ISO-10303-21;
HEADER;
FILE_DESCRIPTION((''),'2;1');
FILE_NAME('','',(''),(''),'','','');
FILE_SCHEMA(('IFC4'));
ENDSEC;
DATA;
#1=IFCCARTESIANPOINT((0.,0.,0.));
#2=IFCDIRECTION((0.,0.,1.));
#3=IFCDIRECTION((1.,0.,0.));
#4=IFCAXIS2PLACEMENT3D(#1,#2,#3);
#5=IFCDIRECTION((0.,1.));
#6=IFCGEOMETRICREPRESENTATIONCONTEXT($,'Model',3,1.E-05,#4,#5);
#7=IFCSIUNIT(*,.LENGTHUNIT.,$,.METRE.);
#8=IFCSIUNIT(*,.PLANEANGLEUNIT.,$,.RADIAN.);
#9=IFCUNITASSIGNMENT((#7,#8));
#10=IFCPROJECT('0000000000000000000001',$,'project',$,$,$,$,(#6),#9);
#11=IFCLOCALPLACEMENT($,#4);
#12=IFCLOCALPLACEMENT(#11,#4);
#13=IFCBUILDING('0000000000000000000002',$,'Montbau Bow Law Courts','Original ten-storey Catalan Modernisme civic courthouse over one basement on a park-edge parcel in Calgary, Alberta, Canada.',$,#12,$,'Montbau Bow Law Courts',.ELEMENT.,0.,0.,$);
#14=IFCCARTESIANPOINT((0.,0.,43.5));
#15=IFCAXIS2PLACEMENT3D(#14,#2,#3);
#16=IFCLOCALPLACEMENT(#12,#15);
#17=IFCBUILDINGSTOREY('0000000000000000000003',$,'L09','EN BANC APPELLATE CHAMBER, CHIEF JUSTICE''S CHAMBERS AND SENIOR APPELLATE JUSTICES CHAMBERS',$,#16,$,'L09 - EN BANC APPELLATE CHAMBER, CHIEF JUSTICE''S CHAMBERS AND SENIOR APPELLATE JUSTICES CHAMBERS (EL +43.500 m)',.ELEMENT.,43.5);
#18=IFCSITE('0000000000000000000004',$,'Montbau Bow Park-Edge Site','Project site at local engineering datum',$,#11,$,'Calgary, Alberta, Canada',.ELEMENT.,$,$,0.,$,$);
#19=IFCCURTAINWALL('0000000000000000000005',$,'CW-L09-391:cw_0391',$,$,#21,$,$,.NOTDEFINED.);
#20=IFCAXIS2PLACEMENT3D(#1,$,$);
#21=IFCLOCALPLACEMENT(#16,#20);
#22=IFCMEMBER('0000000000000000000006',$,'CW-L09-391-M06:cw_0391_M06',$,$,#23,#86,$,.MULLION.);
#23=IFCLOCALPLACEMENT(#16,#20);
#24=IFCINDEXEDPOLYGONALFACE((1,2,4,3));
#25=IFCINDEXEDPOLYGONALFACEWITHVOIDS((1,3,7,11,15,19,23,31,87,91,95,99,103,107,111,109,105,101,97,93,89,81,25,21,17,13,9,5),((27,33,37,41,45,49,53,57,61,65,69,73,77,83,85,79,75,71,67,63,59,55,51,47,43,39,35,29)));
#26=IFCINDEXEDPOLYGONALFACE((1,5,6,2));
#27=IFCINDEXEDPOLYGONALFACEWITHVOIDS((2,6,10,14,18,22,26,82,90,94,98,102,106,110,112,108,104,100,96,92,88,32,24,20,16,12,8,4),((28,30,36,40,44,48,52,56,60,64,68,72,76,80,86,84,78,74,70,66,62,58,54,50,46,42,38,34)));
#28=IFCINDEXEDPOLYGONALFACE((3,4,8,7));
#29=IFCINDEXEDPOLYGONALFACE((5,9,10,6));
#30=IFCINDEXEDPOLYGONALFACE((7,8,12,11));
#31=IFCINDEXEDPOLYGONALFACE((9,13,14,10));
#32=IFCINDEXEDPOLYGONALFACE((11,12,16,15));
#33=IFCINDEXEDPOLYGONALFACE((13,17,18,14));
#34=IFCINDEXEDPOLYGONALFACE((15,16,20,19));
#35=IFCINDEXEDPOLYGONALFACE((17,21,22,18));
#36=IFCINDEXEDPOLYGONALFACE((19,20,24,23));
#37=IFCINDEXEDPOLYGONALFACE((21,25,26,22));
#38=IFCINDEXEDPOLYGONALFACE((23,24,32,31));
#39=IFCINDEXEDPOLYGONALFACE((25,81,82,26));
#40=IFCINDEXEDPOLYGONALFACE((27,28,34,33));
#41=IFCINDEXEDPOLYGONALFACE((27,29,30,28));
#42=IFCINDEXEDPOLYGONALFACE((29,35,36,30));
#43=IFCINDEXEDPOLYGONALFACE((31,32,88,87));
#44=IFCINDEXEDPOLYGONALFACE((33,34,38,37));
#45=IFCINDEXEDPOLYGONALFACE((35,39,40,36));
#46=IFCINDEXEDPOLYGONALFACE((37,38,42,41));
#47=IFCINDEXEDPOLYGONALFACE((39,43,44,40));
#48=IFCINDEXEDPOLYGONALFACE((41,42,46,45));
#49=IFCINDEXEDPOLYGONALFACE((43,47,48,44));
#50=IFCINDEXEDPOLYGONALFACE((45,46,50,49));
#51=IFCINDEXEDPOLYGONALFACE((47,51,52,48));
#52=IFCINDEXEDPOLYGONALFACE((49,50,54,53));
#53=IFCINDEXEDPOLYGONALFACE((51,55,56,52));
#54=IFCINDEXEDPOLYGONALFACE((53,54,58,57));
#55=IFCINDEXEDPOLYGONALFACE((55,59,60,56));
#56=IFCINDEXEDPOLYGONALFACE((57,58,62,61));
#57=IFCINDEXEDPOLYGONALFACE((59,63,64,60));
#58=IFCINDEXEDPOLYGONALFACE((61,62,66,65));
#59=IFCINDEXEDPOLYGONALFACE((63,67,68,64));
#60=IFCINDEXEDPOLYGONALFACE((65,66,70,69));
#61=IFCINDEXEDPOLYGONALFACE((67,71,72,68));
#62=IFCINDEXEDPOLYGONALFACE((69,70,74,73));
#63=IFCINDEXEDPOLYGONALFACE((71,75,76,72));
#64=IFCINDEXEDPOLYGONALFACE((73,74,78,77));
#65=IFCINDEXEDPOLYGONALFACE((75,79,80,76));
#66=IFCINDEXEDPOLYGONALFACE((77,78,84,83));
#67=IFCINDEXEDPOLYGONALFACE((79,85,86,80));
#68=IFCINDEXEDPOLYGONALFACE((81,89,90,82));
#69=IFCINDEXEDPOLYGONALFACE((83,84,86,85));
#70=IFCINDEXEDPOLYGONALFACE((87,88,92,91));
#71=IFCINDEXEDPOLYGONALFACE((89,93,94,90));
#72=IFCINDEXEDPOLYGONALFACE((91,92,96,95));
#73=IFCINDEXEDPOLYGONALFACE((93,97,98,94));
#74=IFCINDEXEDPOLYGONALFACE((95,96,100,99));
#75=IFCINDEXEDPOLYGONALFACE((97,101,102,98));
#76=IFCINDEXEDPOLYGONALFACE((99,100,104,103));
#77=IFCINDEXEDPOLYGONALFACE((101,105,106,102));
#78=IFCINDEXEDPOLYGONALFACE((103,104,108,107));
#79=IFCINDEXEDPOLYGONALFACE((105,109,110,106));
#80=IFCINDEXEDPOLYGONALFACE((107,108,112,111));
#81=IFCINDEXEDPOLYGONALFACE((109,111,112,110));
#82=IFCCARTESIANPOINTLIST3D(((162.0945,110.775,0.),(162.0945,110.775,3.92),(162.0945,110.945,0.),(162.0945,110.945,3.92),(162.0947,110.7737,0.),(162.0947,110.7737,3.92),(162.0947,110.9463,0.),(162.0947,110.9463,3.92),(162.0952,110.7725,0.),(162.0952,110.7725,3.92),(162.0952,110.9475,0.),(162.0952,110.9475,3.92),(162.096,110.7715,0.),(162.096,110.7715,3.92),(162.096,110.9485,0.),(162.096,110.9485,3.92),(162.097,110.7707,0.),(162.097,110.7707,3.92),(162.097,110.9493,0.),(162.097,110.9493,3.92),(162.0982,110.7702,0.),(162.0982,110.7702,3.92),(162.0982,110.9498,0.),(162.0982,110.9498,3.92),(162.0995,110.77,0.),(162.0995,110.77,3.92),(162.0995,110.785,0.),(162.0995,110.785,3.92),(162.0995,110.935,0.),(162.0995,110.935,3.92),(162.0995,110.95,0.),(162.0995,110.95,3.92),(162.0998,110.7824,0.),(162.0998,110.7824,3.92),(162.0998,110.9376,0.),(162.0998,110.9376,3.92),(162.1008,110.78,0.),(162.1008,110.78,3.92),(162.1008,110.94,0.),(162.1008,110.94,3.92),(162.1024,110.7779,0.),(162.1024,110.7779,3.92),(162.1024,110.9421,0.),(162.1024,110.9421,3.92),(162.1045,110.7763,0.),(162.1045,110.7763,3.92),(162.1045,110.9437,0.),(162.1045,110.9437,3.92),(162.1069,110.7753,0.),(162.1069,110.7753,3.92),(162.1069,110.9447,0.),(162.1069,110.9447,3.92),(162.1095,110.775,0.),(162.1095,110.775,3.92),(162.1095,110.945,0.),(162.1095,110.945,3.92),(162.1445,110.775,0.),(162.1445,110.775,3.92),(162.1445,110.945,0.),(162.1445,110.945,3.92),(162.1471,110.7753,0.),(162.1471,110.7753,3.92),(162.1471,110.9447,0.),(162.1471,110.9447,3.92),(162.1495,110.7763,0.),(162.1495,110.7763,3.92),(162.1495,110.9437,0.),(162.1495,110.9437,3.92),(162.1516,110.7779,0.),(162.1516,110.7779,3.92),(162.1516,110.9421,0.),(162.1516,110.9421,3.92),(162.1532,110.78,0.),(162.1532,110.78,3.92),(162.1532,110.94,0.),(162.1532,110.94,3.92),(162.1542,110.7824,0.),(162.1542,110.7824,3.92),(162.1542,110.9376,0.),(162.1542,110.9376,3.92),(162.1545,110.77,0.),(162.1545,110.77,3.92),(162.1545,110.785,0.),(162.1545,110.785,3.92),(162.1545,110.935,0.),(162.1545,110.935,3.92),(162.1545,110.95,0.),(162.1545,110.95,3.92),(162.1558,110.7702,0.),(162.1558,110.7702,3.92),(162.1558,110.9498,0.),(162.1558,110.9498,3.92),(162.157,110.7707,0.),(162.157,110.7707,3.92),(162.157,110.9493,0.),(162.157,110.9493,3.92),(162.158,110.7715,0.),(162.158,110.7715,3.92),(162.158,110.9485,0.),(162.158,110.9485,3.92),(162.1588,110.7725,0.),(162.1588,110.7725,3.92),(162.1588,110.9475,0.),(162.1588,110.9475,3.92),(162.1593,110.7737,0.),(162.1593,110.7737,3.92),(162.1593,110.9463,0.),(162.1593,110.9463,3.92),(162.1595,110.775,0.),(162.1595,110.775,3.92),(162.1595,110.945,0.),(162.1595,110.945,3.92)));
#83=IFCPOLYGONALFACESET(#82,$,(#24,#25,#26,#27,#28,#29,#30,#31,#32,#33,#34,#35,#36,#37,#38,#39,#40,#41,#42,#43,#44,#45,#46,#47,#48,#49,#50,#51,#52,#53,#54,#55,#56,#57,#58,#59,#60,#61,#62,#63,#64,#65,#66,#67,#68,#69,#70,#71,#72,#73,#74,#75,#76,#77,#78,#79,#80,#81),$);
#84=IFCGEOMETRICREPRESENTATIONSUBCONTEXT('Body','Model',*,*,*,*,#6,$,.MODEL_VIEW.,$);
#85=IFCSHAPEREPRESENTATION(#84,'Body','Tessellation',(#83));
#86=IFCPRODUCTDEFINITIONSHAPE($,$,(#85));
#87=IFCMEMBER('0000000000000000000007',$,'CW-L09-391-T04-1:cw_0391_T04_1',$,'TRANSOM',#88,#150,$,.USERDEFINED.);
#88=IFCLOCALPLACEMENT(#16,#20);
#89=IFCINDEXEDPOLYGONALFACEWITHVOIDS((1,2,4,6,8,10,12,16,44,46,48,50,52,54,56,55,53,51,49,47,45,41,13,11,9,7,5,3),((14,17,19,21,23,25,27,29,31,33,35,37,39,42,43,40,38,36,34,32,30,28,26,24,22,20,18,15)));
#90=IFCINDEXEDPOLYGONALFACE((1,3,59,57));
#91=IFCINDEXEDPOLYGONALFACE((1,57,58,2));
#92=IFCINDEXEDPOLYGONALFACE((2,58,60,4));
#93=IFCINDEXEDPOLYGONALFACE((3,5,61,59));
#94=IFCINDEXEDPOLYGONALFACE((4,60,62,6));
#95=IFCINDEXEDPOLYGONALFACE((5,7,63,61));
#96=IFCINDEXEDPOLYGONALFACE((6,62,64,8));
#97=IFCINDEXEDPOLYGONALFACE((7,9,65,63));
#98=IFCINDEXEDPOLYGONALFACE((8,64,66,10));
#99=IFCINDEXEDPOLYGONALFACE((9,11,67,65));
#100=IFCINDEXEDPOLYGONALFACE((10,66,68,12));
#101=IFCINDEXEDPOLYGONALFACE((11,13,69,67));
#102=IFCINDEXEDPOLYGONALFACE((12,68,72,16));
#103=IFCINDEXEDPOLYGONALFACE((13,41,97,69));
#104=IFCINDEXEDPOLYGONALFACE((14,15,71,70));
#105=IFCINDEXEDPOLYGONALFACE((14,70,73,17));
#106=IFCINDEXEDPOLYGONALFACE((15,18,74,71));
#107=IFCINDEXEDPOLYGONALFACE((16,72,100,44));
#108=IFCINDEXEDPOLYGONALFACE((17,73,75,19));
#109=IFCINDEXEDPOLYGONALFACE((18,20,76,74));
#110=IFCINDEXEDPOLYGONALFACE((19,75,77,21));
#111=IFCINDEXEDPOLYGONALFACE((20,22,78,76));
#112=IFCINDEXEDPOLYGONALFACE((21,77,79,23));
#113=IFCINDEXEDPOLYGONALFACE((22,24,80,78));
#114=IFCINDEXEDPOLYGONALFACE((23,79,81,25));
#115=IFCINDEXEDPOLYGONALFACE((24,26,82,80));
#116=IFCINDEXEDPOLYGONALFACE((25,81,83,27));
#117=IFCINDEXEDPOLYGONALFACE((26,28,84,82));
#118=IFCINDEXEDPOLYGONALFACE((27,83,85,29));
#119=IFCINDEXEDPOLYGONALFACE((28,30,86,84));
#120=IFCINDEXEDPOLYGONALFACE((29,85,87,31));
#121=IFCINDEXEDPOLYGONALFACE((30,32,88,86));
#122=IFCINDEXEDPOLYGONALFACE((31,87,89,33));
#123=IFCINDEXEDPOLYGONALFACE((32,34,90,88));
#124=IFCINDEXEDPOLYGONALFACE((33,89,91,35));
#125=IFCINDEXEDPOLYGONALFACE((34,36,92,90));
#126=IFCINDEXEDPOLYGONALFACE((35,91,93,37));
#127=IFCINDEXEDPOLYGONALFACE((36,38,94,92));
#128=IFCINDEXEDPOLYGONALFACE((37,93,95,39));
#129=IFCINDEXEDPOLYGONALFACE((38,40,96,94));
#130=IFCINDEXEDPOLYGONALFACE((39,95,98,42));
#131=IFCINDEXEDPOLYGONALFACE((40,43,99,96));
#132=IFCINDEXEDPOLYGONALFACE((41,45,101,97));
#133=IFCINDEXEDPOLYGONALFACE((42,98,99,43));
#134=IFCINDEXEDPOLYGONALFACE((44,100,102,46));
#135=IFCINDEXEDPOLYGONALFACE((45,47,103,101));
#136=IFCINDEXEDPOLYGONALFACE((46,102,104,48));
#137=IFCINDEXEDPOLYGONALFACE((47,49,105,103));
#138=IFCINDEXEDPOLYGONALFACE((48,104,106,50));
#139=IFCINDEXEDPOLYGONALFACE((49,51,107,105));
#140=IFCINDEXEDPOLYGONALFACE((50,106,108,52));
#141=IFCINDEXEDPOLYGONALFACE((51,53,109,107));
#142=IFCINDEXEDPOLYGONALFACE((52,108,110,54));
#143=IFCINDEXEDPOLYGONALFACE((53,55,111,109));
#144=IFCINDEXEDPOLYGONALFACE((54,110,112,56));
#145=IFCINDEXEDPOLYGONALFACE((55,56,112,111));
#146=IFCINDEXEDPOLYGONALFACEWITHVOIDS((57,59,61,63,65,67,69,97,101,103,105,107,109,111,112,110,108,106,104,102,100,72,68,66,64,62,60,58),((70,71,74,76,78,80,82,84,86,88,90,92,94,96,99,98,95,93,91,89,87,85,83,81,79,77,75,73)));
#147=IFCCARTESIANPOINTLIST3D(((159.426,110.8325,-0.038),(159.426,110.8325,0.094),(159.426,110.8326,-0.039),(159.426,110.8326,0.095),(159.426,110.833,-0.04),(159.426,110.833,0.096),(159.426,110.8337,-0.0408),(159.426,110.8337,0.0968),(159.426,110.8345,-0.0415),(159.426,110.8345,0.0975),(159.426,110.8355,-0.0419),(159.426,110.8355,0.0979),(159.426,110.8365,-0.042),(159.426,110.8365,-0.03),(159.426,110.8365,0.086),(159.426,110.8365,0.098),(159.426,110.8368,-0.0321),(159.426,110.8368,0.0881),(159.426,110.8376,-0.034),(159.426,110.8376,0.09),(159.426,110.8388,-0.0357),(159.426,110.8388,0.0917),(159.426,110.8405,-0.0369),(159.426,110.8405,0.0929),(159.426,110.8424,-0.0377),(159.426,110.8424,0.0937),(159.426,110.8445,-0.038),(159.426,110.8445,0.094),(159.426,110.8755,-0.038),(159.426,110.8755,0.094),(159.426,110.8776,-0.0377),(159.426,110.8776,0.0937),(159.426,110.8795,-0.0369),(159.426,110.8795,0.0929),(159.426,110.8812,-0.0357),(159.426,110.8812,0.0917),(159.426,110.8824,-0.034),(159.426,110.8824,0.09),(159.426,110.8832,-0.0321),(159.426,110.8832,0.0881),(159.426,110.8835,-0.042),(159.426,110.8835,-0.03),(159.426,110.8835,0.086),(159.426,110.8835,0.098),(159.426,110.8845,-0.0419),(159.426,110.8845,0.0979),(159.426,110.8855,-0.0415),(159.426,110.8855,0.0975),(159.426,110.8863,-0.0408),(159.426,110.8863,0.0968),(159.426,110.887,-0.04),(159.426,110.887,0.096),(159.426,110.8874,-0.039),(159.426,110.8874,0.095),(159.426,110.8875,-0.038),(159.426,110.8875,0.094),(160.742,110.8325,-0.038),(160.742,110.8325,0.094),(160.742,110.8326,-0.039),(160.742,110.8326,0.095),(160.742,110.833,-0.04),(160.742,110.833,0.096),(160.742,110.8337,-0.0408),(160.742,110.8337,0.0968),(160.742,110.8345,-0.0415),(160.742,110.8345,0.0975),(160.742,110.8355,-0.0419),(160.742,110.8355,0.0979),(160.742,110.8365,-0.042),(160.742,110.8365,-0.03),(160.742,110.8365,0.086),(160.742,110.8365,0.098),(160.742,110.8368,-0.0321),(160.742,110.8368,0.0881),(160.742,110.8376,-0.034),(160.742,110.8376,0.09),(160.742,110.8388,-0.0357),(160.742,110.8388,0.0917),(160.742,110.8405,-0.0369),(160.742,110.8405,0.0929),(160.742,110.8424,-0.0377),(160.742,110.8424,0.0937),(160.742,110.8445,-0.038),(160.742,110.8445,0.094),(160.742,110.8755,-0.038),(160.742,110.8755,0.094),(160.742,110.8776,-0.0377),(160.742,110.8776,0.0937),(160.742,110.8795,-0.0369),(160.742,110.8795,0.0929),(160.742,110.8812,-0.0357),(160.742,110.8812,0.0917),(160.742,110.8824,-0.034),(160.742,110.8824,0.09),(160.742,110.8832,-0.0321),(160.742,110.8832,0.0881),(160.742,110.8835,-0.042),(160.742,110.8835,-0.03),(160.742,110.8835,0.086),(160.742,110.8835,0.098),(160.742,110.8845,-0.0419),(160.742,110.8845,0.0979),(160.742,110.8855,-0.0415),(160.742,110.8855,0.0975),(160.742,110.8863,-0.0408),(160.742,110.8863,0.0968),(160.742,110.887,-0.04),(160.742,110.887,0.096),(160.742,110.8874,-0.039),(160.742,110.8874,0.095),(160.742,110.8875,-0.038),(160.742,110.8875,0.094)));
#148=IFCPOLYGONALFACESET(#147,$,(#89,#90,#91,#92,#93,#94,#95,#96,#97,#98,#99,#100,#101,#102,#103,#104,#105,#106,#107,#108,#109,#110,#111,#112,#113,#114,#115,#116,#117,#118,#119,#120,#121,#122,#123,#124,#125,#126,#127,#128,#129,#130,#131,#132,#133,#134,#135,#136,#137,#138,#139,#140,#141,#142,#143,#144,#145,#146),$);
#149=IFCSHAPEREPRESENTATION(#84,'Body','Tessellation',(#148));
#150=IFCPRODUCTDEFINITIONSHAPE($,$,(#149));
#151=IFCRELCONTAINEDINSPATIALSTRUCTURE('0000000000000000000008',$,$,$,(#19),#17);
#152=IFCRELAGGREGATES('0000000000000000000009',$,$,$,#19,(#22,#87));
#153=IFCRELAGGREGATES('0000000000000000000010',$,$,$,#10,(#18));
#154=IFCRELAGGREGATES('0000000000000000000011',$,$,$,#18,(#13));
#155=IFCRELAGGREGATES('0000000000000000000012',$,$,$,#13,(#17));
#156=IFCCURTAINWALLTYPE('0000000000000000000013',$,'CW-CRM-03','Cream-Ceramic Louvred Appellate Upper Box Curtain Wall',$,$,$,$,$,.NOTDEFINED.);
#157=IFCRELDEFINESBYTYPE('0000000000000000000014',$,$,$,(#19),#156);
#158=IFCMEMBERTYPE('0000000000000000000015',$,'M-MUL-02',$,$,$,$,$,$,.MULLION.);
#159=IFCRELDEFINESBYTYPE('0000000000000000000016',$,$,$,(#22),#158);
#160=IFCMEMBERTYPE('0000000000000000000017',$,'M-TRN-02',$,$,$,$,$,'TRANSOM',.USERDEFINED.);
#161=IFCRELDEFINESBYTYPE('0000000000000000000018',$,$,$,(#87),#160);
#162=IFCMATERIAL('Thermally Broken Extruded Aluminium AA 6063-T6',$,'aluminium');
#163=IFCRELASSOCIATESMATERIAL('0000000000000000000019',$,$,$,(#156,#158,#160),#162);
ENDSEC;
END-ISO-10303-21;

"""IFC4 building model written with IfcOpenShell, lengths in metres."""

from ifc_helpers import new_model, si_unit, direction, frame, origin_with_axes, origin_2d_with_axis, place, context, subcontext, project, spatial, hollow_rectangle, extrude, material, material_profile, profile_set, type_object, element, aggregate, save


model = new_model("IFC4")

# Units and contexts
model_context = context("Model", 3, precision=1e-05, world=origin_with_axes(), true_north=direction((0.0, 1.0)))
body_context = subcontext(model_context, "Body", "Model", "MODEL_VIEW")
ifc_project = project(units=[si_unit("LENGTHUNIT", "METRE"), si_unit("PLANEANGLEUNIT", "RADIAN")], contexts=[model_context])

# Site, building, storey
site_placement = place(None, origin_with_axes())
site = spatial("IfcSite", under=ifc_project, at=site_placement, Name="Montbau Bow Park-Edge Site", Description="Project site at local engineering datum", LongName="Calgary, Alberta, Canada", CompositionType="ELEMENT", RefElevation=0.0)
building_placement = place(site_placement, origin_with_axes())
building = spatial("IfcBuilding", under=site, at=building_placement, Name="Montbau Bow Law Courts", Description="Original ten-storey Catalan Modernisme civic courthouse over one basement on a park-edge parcel in Calgary, Alberta, Canada.", LongName="Montbau Bow Law Courts", CompositionType="ELEMENT", ElevationOfRefHeight=0.0, ElevationOfTerrain=0.0)
storey_placement = place(building_placement, frame((0.0, 0.0, 43.5), z_axis=(0.0, 0.0, 1.0), x_axis=(1.0, 0.0, 0.0)))
storey = spatial("IfcBuildingStorey", under=building, at=storey_placement, Name="L09", Description="EN BANC APPELLATE CHAMBER, CHIEF JUSTICE'S CHAMBERS AND SENIOR APPELLATE JUSTICES CHAMBERS", LongName="L09 - EN BANC APPELLATE CHAMBER, CHIEF JUSTICE'S CHAMBERS AND SENIOR APPELLATE JUSTICES CHAMBERS (EL +43.500 m)", CompositionType="ELEMENT", Elevation=43.5)

# Curtain wall, members
ifc_material_1 = material(Name="Thermally Broken Extruded Aluminium AA 6063-T6", Category="aluminium")
curtain_wall_type = type_object("IfcCurtainWallType", Name="CW-CRM-03", Description="Cream-Ceramic Louvred Appellate Upper Box Curtain Wall", PredefinedType="NOTDEFINED", material=ifc_material_1)
curtain_wall_placement = place(None, frame((155.24, 110.86, 43.5), z_axis=(0.0, 0.0, 1.0), x_axis=(1.0, 0.0, 0.0)))
curtain_wall = element("IfcCurtainWall", 1, at=curtain_wall_placement, inside=storey, type_object=curtain_wall_type, Name="CW-L09-391:cw_0391", PredefinedType="NOTDEFINED")
ifc_material_profile_1 = material_profile(ifc_material_1, hollow_rectangle(XDim=0.065, YDim=0.18, WallThickness=0.005, InnerFilletRadius=0.01, OuterFilletRadius=0.005, at=origin_2d_with_axis()), Name="CWM-180X65", Category="Main", Priority=0)
ifc_profile_set_1 = profile_set([ifc_material_profile_1], Name="Thermally Broken Extruded Aluminium AA 6063-T6")
member_type_1 = type_object("IfcMemberType", Name="M-MUL-02", PredefinedType="MULLION", material=ifc_profile_set_1)
member_1_placement = place(None, frame((162.127, 110.86, 43.5), z_axis=(0.0, 0.0, 1.0), x_axis=(1.0, 0.0, 0.0)))
member_1 = element("IfcMember", 2, at=member_1_placement, type_object=member_type_1, Name="CW-L09-391-M06:cw_0391_M06", PredefinedType="MULLION", context=body_context, shape_type="SweptSolid", body=[
    extrude(hollow_rectangle(XDim=0.065, YDim=0.18, WallThickness=0.005, InnerFilletRadius=0.01, OuterFilletRadius=0.005, at=origin_2d_with_axis()), origin_with_axes(), (0.0, 0.0, 1.0), 3.92),
])
ifc_material_profile_2 = material_profile(ifc_material_1, hollow_rectangle(XDim=0.055, YDim=0.14, WallThickness=0.004, InnerFilletRadius=0.008, OuterFilletRadius=0.004, at=origin_2d_with_axis()), Name="CWT-140X55", Category="Main", Priority=0)
ifc_profile_set_2 = profile_set([ifc_material_profile_2], Name="Thermally Broken Extruded Aluminium AA 6063-T6")
member_type_2 = type_object("IfcMemberType", Name="M-TRN-02", ElementType="TRANSOM", PredefinedType="USERDEFINED", material=ifc_profile_set_2)
member_2_placement = place(None, frame((159.426, 110.86, 43.528), z_axis=(1.0, 0.0, 0.0), x_axis=(0.0, 1.0, 0.0)))
member_2 = element("IfcMember", 3, at=member_2_placement, type_object=member_type_2, Name="CW-L09-391-T04-1:cw_0391_T04_1", ObjectType="TRANSOM", PredefinedType="USERDEFINED", context=body_context, shape_type="SweptSolid", body=[
    extrude(hollow_rectangle(XDim=0.055, YDim=0.14, WallThickness=0.004, InnerFilletRadius=0.008, OuterFilletRadius=0.004, at=origin_2d_with_axis()), origin_with_axes(), (0.0, 0.0, 1.0), 1.316),
])
aggregate(curtain_wall, [member_1, member_2])

save(model, "model.ifc")
